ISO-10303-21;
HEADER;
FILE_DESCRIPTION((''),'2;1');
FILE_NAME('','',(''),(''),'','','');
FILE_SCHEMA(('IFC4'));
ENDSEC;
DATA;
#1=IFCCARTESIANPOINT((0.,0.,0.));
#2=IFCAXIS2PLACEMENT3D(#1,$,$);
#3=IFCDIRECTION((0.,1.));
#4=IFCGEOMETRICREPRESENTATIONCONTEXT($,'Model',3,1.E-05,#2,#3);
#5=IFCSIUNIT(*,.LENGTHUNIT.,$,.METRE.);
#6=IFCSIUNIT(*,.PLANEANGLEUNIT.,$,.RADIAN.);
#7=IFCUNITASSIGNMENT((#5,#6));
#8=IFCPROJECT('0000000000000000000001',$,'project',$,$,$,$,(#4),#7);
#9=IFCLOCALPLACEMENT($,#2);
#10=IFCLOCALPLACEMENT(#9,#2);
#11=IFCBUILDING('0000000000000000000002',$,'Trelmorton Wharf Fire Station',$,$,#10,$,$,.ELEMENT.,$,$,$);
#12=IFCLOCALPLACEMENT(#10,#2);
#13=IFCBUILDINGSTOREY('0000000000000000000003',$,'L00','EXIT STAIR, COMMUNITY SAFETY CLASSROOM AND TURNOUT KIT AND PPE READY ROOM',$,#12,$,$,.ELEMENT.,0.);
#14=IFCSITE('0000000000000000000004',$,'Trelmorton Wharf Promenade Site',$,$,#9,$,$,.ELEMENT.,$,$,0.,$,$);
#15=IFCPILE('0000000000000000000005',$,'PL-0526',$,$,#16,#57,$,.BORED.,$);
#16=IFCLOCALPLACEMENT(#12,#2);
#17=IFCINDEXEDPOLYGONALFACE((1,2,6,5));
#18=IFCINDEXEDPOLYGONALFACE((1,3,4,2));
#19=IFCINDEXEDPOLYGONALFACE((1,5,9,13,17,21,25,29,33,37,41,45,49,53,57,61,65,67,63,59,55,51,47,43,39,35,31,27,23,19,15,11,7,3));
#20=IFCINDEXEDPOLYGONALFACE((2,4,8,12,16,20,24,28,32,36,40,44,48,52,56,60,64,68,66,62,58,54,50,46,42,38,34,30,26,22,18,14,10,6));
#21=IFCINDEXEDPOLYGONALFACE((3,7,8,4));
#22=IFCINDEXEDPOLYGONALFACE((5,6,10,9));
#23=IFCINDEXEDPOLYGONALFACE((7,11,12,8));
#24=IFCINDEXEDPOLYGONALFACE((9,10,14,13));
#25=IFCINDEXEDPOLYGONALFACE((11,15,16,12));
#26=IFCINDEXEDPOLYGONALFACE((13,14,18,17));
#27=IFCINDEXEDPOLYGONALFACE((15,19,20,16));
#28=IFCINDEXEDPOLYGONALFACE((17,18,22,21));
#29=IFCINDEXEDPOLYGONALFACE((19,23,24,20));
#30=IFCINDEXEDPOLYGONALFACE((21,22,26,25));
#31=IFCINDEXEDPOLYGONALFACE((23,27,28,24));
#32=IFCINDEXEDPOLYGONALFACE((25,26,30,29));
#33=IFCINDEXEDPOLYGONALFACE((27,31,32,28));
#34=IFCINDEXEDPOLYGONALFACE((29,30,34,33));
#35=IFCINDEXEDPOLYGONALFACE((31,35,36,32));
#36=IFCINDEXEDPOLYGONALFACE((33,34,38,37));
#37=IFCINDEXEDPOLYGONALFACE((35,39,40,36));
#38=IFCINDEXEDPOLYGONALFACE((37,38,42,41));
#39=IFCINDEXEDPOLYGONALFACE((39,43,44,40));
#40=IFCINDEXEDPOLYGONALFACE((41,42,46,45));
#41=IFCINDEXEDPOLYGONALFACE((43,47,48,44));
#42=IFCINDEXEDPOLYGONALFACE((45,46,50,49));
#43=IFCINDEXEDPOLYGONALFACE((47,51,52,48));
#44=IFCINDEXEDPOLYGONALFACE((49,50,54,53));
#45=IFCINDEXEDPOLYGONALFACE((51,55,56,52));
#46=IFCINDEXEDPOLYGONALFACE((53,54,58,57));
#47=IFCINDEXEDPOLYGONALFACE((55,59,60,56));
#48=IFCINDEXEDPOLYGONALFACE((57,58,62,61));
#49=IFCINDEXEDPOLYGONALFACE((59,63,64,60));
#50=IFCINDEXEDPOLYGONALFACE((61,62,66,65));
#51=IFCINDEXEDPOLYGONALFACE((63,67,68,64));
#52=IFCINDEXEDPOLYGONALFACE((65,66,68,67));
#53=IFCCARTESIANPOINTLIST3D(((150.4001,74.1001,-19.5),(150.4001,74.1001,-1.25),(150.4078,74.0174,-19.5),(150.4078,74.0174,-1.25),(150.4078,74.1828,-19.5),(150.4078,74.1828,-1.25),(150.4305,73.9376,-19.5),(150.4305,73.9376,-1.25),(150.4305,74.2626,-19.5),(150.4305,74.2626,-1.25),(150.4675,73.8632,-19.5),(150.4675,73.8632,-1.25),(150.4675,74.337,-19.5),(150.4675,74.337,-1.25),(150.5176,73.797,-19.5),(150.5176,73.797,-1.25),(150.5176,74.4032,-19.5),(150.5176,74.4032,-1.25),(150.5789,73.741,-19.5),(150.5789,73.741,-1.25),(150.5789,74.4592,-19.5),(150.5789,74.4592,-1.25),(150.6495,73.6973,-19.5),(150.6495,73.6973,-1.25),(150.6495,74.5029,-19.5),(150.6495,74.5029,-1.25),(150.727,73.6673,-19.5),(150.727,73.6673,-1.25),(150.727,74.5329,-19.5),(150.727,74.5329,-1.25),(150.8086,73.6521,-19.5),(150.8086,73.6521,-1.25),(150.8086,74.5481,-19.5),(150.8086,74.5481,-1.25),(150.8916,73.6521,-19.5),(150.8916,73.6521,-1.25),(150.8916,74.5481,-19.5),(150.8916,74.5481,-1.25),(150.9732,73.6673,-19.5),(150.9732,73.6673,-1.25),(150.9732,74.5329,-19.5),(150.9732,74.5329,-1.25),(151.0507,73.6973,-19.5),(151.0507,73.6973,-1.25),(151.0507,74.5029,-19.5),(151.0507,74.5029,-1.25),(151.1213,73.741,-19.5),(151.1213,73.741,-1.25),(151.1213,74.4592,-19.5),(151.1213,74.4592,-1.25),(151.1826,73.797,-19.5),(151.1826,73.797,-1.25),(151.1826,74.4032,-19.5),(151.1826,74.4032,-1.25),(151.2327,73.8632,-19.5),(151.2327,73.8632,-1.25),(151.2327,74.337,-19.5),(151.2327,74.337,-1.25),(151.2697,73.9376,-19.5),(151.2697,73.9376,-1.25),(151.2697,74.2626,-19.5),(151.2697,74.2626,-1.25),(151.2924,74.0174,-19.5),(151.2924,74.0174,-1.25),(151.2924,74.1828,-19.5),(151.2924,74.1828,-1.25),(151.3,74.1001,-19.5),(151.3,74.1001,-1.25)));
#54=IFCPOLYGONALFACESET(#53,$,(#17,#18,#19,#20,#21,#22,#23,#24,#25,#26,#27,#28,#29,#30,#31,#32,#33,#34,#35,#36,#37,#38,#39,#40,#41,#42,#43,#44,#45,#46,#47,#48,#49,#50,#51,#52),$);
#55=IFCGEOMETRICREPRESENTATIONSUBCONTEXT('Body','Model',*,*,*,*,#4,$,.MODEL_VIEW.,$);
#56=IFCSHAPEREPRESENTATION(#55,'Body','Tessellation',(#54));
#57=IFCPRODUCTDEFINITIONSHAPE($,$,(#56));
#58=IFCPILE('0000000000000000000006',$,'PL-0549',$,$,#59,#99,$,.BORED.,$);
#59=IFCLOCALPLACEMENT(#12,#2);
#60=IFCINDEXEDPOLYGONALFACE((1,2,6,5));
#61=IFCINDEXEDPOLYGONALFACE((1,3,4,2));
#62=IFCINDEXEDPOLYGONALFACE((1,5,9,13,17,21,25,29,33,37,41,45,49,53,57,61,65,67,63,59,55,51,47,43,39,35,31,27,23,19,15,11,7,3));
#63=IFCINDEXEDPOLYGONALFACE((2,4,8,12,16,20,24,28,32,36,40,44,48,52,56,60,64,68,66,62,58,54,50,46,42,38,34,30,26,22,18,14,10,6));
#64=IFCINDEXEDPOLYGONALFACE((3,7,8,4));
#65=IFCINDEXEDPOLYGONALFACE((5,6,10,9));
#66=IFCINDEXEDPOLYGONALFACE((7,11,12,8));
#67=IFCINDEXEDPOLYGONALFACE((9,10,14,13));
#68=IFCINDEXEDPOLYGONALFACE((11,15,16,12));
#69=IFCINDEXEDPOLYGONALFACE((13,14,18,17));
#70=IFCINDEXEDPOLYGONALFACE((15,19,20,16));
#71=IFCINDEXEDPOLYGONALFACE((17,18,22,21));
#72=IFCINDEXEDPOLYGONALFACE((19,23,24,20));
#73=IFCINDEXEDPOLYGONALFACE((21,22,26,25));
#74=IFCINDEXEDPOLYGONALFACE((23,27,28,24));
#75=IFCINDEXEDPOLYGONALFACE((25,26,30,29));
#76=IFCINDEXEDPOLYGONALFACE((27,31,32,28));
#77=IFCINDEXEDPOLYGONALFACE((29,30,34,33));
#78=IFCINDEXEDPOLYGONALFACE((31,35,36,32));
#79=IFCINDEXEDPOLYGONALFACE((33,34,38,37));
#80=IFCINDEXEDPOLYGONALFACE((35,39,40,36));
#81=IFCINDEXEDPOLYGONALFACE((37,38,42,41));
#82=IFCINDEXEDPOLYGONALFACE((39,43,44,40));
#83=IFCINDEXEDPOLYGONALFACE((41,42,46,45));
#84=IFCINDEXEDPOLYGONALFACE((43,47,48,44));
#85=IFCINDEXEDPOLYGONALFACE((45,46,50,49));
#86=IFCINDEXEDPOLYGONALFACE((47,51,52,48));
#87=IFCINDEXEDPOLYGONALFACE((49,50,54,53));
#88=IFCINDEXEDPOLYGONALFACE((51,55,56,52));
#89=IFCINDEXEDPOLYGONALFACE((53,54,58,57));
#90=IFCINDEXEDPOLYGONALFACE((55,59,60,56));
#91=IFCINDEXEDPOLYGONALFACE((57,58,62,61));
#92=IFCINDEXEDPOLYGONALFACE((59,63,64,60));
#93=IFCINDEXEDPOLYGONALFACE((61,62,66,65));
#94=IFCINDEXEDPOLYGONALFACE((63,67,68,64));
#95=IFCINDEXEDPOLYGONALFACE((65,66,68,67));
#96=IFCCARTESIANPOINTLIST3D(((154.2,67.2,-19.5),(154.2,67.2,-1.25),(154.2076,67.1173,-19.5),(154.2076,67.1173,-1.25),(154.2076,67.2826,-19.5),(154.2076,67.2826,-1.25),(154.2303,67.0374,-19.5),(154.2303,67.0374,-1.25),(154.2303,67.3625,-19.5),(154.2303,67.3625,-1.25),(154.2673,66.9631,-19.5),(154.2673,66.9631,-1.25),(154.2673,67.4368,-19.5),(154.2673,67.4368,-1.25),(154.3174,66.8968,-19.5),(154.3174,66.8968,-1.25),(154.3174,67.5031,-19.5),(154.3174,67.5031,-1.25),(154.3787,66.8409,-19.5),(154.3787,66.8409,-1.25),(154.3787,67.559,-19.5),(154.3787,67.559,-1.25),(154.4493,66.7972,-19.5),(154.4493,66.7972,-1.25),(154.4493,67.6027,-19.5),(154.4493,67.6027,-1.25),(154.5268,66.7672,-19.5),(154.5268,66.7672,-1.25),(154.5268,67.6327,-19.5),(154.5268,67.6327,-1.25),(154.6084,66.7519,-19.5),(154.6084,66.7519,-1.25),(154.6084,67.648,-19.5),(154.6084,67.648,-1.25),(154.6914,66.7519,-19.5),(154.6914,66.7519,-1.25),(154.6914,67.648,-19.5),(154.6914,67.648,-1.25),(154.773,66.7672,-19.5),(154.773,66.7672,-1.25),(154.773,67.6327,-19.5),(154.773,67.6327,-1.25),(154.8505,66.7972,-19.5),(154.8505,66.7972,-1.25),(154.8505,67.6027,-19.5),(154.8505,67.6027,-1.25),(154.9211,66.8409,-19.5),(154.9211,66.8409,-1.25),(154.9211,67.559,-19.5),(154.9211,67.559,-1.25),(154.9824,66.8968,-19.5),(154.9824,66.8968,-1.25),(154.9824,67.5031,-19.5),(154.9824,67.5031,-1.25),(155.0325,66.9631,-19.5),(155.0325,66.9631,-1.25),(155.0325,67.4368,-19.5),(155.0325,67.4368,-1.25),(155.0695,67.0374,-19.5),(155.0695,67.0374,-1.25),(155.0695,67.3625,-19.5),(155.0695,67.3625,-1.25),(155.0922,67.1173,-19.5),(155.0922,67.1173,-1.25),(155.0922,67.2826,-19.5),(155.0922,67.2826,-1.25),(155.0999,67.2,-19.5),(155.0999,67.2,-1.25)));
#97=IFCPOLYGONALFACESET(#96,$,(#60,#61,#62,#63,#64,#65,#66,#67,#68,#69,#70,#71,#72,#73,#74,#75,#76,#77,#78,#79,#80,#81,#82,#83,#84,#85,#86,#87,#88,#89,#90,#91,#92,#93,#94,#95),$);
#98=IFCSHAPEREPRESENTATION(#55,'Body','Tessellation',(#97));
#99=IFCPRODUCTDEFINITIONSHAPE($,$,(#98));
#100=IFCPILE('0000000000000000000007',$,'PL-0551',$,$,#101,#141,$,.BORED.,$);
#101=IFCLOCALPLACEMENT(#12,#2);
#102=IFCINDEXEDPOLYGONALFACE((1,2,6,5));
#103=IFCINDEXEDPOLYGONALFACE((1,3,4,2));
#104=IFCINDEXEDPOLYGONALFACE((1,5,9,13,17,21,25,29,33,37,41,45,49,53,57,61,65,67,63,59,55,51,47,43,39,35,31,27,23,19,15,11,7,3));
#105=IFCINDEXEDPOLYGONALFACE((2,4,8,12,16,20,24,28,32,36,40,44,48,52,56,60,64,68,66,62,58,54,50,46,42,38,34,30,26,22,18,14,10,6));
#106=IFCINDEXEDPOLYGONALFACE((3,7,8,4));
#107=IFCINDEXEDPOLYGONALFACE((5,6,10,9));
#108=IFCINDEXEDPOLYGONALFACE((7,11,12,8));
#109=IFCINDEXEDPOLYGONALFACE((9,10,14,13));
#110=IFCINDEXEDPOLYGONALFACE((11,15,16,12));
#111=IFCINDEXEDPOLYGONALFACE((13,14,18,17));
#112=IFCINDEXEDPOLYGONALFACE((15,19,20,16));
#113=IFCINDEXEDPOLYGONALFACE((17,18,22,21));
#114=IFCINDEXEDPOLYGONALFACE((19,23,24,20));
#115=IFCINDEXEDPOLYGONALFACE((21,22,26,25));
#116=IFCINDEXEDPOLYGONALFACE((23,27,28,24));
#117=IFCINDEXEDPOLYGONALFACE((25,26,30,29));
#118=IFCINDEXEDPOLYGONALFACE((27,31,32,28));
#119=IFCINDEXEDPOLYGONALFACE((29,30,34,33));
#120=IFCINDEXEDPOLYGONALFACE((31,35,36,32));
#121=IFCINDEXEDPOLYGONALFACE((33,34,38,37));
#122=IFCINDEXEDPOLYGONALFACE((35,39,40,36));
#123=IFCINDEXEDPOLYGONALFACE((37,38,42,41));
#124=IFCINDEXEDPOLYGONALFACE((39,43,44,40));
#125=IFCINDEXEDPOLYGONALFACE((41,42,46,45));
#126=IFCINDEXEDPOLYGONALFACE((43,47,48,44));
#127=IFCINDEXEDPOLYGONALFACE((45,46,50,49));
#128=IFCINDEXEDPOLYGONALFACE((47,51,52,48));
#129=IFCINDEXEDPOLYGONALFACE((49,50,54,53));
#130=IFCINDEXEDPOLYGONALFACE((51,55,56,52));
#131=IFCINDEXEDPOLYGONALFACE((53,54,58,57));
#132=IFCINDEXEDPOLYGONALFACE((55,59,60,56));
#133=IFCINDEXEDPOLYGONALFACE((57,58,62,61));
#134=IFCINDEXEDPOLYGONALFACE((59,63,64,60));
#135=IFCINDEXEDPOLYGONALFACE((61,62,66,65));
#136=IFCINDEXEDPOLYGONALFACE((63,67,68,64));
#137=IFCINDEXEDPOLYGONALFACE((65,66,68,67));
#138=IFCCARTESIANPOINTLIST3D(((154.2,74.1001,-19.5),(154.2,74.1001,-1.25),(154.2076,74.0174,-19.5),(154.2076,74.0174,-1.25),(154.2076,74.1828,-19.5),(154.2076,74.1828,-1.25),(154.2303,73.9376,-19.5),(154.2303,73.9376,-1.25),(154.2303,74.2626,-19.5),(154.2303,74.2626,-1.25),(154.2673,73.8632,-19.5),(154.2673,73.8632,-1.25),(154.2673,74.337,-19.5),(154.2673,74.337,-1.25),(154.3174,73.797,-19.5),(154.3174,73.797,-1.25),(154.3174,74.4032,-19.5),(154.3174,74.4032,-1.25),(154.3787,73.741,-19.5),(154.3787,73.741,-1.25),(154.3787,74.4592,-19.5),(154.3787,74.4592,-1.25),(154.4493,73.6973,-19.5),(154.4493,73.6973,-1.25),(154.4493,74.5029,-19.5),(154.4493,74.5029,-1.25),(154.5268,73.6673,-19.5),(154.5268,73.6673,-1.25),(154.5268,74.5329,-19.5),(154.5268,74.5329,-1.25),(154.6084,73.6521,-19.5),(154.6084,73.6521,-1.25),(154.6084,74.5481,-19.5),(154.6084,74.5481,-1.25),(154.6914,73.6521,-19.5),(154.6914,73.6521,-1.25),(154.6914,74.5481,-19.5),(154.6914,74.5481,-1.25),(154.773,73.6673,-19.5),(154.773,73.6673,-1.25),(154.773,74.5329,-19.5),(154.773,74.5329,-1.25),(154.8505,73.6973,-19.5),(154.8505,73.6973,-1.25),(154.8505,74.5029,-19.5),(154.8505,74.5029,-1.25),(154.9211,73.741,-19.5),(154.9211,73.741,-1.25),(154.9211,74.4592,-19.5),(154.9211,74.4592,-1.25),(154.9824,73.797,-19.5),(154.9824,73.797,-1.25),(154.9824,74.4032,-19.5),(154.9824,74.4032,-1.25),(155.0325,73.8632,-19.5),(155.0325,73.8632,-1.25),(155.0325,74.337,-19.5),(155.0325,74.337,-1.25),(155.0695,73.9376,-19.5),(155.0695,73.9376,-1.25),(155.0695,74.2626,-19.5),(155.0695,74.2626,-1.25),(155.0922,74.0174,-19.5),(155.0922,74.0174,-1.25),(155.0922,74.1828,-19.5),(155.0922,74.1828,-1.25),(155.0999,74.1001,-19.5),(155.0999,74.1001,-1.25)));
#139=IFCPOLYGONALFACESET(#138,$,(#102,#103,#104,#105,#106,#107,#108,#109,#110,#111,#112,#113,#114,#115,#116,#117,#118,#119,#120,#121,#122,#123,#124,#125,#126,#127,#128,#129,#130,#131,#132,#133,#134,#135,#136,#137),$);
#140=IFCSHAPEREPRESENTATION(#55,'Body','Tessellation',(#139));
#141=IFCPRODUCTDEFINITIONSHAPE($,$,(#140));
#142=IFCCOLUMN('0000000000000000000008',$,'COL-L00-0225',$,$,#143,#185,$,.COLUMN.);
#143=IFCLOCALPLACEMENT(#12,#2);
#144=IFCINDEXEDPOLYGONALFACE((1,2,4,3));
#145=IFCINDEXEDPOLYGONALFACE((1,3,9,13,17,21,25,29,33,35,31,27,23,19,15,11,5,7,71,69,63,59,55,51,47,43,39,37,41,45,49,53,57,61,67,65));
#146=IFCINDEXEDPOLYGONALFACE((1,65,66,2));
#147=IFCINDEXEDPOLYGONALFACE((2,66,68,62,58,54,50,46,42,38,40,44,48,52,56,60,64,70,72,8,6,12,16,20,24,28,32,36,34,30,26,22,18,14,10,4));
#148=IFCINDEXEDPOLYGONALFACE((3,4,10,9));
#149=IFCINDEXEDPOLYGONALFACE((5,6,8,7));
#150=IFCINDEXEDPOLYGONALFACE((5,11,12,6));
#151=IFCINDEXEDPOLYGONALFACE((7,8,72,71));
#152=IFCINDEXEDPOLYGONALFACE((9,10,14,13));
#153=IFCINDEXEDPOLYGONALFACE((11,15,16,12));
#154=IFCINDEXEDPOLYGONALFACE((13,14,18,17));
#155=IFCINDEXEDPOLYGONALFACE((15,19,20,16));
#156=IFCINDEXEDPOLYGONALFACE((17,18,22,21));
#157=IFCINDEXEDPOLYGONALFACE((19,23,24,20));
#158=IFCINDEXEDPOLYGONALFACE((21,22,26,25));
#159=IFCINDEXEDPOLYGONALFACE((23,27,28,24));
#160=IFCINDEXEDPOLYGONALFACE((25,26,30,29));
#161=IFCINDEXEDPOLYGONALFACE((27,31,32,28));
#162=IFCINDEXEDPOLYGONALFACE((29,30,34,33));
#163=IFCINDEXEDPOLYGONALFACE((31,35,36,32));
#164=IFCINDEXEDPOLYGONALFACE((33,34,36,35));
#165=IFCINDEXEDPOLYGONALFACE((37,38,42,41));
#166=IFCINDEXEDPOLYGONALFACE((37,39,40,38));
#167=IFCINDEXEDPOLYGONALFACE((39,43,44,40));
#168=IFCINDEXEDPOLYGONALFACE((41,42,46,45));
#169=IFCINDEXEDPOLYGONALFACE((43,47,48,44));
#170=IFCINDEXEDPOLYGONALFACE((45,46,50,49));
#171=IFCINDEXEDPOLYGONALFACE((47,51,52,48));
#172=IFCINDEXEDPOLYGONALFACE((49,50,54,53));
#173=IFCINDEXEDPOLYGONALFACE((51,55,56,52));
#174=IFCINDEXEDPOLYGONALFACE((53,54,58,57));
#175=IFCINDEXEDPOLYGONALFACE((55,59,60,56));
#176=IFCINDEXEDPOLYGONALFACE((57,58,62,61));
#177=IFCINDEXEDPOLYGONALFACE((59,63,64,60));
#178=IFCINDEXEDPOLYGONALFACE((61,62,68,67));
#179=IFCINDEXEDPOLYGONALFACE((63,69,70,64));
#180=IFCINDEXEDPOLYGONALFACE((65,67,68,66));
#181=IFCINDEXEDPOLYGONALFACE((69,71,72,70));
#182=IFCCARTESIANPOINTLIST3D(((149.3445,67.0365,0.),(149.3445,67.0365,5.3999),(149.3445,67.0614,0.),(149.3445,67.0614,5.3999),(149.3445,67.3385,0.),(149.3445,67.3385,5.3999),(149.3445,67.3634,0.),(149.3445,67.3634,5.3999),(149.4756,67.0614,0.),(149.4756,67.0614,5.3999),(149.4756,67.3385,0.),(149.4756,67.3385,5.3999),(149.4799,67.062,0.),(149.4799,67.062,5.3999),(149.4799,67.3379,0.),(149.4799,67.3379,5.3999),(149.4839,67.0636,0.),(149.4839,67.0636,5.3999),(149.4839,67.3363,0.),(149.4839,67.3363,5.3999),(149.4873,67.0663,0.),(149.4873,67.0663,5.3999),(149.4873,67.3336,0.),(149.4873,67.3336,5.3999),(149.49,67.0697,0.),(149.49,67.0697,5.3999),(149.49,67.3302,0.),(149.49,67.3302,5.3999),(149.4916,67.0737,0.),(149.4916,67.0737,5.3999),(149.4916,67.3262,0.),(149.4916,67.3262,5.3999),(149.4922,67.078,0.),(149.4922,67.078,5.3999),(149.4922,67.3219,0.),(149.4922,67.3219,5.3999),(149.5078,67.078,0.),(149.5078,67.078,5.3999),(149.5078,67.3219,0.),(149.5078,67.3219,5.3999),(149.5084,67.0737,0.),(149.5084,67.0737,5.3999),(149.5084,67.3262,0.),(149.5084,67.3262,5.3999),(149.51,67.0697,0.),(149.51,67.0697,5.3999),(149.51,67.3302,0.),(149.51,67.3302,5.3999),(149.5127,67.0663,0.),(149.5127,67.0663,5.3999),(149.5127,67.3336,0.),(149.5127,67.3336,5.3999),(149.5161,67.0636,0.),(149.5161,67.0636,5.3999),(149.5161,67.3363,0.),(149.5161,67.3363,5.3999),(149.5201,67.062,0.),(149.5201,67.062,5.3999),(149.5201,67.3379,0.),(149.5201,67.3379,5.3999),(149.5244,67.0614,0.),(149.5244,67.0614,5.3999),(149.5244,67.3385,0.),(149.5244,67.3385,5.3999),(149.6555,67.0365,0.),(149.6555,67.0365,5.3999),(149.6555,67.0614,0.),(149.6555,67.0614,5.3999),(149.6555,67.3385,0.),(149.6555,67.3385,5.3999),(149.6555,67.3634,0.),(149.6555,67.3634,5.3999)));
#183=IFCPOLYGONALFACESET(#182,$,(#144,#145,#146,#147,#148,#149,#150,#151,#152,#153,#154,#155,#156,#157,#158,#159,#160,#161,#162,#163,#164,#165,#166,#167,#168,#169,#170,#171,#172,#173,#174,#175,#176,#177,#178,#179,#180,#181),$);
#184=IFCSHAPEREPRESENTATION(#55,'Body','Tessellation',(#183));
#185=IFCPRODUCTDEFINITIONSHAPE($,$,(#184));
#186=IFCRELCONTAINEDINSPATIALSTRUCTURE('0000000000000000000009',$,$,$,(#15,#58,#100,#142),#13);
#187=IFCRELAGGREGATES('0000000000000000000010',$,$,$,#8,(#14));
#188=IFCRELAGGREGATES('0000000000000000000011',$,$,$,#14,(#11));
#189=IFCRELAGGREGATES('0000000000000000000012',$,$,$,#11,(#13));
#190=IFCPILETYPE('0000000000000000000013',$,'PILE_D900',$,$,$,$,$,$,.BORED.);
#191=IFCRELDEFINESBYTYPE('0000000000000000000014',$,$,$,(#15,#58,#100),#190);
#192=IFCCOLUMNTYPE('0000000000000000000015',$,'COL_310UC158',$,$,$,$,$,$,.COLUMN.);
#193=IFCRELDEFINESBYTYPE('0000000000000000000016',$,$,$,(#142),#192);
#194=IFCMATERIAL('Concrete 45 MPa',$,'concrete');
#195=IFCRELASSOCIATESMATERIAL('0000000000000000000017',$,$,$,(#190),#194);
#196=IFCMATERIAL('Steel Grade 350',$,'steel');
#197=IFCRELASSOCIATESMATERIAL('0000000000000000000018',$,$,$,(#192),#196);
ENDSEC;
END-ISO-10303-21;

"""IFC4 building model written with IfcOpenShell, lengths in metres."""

from ifc_helpers import new_model, si_unit, direction, frame, origin, origin_2d, place, context, subcontext, project, spatial, circle, i_section, extrude, material, material_profile, profile_set, type_object, element, save


model = new_model("IFC4")

# Units and contexts
model_context = context("Model", 3, precision=1e-05, world=origin(), true_north=direction((0.0, 1.0)))
body_context = subcontext(model_context, "Body", "Model", "MODEL_VIEW")
ifc_project = project(units=[si_unit("LENGTHUNIT", "METRE"), si_unit("PLANEANGLEUNIT", "RADIAN")], contexts=[model_context])

# Site, building, storey
site_placement = place(None, origin())
site = spatial("IfcSite", under=ifc_project, at=site_placement, Name="Trelmorton Wharf Promenade Site", CompositionType="ELEMENT", RefElevation=0.0)
building_placement = place(site_placement, origin())
building = spatial("IfcBuilding", under=site, at=building_placement, Name="Trelmorton Wharf Fire Station", CompositionType="ELEMENT")
storey_placement = place(building_placement, origin())
storey = spatial("IfcBuildingStorey", under=building, at=storey_placement, Name="L00", Description="EXIT STAIR, COMMUNITY SAFETY CLASSROOM AND TURNOUT KIT AND PPE READY ROOM", CompositionType="ELEMENT", Elevation=0.0)

# Piles
ifc_material_1 = material(Name="Concrete 45 MPa", Category="concrete")
ifc_material_profile_1 = material_profile(ifc_material_1, circle(Radius=0.45, at=origin_2d()), Name="PILE-D900")
ifc_profile_set_1 = profile_set([ifc_material_profile_1], Name="Concrete 45 MPa")
pile_type = type_object("IfcPileType", Name="PILE_D900", PredefinedType="BORED", material=ifc_profile_set_1)
for number, where, z_axis, x_axis, name in (
    (1, (150.8501, 74.1001, -1.25), (0.0, 0.0, -1.0), (1.0, 0.0, 0.0), "PL-0526"),
    (2, (154.6499, 67.2, -1.25), (0.0, 0.0, -1.0), (1.0, 0.0, 0.0), "PL-0549"),
    (3, (154.6499, 74.1001, -1.25), (0.0, 0.0, -1.0), (1.0, 0.0, 0.0), "PL-0551"),
):
    element("IfcPile", number, at=place(storey_placement, frame(where, z_axis=z_axis, x_axis=x_axis)), inside=storey, type_object=pile_type, Name=name, PredefinedType="BORED", context=body_context, shape_type="SweptSolid", body=[
        extrude(circle(Radius=0.45, at=origin_2d()), origin(), (0.0, 0.0, 1.0), 18.25),
    ])

# Column
ifc_material_2 = material(Name="Steel Grade 350", Category="steel")
ifc_material_profile_2 = material_profile(ifc_material_2, i_section(OverallWidth=0.311, OverallDepth=0.3269, WebThickness=0.0156, FlangeThickness=0.0249, FilletRadius=0.0166, at=origin_2d()), Name="310UC158")
ifc_profile_set_2 = profile_set([ifc_material_profile_2], Name="Steel Grade 350")
column_type = type_object("IfcColumnType", Name="COL_310UC158", PredefinedType="COLUMN", material=ifc_profile_set_2)
for number, where, z_axis, x_axis, name in (
    (4, (149.5, 67.2, 0.0), (0.0, 0.0, 1.0), (1.0, 0.0, 0.0), "COL-L00-0225"),
):
    element("IfcColumn", number, at=place(storey_placement, frame(where, z_axis=z_axis, x_axis=x_axis)), inside=storey, type_object=column_type, Name=name, PredefinedType="COLUMN", context=body_context, shape_type="SweptSolid", body=[
        extrude(i_section(OverallWidth=0.311, OverallDepth=0.3269, WebThickness=0.0156, FlangeThickness=0.0249, FilletRadius=0.0166, at=origin_2d()), origin(), (0.0, 0.0, 1.0), 5.3999),
    ])

save(model, "model.ifc")
